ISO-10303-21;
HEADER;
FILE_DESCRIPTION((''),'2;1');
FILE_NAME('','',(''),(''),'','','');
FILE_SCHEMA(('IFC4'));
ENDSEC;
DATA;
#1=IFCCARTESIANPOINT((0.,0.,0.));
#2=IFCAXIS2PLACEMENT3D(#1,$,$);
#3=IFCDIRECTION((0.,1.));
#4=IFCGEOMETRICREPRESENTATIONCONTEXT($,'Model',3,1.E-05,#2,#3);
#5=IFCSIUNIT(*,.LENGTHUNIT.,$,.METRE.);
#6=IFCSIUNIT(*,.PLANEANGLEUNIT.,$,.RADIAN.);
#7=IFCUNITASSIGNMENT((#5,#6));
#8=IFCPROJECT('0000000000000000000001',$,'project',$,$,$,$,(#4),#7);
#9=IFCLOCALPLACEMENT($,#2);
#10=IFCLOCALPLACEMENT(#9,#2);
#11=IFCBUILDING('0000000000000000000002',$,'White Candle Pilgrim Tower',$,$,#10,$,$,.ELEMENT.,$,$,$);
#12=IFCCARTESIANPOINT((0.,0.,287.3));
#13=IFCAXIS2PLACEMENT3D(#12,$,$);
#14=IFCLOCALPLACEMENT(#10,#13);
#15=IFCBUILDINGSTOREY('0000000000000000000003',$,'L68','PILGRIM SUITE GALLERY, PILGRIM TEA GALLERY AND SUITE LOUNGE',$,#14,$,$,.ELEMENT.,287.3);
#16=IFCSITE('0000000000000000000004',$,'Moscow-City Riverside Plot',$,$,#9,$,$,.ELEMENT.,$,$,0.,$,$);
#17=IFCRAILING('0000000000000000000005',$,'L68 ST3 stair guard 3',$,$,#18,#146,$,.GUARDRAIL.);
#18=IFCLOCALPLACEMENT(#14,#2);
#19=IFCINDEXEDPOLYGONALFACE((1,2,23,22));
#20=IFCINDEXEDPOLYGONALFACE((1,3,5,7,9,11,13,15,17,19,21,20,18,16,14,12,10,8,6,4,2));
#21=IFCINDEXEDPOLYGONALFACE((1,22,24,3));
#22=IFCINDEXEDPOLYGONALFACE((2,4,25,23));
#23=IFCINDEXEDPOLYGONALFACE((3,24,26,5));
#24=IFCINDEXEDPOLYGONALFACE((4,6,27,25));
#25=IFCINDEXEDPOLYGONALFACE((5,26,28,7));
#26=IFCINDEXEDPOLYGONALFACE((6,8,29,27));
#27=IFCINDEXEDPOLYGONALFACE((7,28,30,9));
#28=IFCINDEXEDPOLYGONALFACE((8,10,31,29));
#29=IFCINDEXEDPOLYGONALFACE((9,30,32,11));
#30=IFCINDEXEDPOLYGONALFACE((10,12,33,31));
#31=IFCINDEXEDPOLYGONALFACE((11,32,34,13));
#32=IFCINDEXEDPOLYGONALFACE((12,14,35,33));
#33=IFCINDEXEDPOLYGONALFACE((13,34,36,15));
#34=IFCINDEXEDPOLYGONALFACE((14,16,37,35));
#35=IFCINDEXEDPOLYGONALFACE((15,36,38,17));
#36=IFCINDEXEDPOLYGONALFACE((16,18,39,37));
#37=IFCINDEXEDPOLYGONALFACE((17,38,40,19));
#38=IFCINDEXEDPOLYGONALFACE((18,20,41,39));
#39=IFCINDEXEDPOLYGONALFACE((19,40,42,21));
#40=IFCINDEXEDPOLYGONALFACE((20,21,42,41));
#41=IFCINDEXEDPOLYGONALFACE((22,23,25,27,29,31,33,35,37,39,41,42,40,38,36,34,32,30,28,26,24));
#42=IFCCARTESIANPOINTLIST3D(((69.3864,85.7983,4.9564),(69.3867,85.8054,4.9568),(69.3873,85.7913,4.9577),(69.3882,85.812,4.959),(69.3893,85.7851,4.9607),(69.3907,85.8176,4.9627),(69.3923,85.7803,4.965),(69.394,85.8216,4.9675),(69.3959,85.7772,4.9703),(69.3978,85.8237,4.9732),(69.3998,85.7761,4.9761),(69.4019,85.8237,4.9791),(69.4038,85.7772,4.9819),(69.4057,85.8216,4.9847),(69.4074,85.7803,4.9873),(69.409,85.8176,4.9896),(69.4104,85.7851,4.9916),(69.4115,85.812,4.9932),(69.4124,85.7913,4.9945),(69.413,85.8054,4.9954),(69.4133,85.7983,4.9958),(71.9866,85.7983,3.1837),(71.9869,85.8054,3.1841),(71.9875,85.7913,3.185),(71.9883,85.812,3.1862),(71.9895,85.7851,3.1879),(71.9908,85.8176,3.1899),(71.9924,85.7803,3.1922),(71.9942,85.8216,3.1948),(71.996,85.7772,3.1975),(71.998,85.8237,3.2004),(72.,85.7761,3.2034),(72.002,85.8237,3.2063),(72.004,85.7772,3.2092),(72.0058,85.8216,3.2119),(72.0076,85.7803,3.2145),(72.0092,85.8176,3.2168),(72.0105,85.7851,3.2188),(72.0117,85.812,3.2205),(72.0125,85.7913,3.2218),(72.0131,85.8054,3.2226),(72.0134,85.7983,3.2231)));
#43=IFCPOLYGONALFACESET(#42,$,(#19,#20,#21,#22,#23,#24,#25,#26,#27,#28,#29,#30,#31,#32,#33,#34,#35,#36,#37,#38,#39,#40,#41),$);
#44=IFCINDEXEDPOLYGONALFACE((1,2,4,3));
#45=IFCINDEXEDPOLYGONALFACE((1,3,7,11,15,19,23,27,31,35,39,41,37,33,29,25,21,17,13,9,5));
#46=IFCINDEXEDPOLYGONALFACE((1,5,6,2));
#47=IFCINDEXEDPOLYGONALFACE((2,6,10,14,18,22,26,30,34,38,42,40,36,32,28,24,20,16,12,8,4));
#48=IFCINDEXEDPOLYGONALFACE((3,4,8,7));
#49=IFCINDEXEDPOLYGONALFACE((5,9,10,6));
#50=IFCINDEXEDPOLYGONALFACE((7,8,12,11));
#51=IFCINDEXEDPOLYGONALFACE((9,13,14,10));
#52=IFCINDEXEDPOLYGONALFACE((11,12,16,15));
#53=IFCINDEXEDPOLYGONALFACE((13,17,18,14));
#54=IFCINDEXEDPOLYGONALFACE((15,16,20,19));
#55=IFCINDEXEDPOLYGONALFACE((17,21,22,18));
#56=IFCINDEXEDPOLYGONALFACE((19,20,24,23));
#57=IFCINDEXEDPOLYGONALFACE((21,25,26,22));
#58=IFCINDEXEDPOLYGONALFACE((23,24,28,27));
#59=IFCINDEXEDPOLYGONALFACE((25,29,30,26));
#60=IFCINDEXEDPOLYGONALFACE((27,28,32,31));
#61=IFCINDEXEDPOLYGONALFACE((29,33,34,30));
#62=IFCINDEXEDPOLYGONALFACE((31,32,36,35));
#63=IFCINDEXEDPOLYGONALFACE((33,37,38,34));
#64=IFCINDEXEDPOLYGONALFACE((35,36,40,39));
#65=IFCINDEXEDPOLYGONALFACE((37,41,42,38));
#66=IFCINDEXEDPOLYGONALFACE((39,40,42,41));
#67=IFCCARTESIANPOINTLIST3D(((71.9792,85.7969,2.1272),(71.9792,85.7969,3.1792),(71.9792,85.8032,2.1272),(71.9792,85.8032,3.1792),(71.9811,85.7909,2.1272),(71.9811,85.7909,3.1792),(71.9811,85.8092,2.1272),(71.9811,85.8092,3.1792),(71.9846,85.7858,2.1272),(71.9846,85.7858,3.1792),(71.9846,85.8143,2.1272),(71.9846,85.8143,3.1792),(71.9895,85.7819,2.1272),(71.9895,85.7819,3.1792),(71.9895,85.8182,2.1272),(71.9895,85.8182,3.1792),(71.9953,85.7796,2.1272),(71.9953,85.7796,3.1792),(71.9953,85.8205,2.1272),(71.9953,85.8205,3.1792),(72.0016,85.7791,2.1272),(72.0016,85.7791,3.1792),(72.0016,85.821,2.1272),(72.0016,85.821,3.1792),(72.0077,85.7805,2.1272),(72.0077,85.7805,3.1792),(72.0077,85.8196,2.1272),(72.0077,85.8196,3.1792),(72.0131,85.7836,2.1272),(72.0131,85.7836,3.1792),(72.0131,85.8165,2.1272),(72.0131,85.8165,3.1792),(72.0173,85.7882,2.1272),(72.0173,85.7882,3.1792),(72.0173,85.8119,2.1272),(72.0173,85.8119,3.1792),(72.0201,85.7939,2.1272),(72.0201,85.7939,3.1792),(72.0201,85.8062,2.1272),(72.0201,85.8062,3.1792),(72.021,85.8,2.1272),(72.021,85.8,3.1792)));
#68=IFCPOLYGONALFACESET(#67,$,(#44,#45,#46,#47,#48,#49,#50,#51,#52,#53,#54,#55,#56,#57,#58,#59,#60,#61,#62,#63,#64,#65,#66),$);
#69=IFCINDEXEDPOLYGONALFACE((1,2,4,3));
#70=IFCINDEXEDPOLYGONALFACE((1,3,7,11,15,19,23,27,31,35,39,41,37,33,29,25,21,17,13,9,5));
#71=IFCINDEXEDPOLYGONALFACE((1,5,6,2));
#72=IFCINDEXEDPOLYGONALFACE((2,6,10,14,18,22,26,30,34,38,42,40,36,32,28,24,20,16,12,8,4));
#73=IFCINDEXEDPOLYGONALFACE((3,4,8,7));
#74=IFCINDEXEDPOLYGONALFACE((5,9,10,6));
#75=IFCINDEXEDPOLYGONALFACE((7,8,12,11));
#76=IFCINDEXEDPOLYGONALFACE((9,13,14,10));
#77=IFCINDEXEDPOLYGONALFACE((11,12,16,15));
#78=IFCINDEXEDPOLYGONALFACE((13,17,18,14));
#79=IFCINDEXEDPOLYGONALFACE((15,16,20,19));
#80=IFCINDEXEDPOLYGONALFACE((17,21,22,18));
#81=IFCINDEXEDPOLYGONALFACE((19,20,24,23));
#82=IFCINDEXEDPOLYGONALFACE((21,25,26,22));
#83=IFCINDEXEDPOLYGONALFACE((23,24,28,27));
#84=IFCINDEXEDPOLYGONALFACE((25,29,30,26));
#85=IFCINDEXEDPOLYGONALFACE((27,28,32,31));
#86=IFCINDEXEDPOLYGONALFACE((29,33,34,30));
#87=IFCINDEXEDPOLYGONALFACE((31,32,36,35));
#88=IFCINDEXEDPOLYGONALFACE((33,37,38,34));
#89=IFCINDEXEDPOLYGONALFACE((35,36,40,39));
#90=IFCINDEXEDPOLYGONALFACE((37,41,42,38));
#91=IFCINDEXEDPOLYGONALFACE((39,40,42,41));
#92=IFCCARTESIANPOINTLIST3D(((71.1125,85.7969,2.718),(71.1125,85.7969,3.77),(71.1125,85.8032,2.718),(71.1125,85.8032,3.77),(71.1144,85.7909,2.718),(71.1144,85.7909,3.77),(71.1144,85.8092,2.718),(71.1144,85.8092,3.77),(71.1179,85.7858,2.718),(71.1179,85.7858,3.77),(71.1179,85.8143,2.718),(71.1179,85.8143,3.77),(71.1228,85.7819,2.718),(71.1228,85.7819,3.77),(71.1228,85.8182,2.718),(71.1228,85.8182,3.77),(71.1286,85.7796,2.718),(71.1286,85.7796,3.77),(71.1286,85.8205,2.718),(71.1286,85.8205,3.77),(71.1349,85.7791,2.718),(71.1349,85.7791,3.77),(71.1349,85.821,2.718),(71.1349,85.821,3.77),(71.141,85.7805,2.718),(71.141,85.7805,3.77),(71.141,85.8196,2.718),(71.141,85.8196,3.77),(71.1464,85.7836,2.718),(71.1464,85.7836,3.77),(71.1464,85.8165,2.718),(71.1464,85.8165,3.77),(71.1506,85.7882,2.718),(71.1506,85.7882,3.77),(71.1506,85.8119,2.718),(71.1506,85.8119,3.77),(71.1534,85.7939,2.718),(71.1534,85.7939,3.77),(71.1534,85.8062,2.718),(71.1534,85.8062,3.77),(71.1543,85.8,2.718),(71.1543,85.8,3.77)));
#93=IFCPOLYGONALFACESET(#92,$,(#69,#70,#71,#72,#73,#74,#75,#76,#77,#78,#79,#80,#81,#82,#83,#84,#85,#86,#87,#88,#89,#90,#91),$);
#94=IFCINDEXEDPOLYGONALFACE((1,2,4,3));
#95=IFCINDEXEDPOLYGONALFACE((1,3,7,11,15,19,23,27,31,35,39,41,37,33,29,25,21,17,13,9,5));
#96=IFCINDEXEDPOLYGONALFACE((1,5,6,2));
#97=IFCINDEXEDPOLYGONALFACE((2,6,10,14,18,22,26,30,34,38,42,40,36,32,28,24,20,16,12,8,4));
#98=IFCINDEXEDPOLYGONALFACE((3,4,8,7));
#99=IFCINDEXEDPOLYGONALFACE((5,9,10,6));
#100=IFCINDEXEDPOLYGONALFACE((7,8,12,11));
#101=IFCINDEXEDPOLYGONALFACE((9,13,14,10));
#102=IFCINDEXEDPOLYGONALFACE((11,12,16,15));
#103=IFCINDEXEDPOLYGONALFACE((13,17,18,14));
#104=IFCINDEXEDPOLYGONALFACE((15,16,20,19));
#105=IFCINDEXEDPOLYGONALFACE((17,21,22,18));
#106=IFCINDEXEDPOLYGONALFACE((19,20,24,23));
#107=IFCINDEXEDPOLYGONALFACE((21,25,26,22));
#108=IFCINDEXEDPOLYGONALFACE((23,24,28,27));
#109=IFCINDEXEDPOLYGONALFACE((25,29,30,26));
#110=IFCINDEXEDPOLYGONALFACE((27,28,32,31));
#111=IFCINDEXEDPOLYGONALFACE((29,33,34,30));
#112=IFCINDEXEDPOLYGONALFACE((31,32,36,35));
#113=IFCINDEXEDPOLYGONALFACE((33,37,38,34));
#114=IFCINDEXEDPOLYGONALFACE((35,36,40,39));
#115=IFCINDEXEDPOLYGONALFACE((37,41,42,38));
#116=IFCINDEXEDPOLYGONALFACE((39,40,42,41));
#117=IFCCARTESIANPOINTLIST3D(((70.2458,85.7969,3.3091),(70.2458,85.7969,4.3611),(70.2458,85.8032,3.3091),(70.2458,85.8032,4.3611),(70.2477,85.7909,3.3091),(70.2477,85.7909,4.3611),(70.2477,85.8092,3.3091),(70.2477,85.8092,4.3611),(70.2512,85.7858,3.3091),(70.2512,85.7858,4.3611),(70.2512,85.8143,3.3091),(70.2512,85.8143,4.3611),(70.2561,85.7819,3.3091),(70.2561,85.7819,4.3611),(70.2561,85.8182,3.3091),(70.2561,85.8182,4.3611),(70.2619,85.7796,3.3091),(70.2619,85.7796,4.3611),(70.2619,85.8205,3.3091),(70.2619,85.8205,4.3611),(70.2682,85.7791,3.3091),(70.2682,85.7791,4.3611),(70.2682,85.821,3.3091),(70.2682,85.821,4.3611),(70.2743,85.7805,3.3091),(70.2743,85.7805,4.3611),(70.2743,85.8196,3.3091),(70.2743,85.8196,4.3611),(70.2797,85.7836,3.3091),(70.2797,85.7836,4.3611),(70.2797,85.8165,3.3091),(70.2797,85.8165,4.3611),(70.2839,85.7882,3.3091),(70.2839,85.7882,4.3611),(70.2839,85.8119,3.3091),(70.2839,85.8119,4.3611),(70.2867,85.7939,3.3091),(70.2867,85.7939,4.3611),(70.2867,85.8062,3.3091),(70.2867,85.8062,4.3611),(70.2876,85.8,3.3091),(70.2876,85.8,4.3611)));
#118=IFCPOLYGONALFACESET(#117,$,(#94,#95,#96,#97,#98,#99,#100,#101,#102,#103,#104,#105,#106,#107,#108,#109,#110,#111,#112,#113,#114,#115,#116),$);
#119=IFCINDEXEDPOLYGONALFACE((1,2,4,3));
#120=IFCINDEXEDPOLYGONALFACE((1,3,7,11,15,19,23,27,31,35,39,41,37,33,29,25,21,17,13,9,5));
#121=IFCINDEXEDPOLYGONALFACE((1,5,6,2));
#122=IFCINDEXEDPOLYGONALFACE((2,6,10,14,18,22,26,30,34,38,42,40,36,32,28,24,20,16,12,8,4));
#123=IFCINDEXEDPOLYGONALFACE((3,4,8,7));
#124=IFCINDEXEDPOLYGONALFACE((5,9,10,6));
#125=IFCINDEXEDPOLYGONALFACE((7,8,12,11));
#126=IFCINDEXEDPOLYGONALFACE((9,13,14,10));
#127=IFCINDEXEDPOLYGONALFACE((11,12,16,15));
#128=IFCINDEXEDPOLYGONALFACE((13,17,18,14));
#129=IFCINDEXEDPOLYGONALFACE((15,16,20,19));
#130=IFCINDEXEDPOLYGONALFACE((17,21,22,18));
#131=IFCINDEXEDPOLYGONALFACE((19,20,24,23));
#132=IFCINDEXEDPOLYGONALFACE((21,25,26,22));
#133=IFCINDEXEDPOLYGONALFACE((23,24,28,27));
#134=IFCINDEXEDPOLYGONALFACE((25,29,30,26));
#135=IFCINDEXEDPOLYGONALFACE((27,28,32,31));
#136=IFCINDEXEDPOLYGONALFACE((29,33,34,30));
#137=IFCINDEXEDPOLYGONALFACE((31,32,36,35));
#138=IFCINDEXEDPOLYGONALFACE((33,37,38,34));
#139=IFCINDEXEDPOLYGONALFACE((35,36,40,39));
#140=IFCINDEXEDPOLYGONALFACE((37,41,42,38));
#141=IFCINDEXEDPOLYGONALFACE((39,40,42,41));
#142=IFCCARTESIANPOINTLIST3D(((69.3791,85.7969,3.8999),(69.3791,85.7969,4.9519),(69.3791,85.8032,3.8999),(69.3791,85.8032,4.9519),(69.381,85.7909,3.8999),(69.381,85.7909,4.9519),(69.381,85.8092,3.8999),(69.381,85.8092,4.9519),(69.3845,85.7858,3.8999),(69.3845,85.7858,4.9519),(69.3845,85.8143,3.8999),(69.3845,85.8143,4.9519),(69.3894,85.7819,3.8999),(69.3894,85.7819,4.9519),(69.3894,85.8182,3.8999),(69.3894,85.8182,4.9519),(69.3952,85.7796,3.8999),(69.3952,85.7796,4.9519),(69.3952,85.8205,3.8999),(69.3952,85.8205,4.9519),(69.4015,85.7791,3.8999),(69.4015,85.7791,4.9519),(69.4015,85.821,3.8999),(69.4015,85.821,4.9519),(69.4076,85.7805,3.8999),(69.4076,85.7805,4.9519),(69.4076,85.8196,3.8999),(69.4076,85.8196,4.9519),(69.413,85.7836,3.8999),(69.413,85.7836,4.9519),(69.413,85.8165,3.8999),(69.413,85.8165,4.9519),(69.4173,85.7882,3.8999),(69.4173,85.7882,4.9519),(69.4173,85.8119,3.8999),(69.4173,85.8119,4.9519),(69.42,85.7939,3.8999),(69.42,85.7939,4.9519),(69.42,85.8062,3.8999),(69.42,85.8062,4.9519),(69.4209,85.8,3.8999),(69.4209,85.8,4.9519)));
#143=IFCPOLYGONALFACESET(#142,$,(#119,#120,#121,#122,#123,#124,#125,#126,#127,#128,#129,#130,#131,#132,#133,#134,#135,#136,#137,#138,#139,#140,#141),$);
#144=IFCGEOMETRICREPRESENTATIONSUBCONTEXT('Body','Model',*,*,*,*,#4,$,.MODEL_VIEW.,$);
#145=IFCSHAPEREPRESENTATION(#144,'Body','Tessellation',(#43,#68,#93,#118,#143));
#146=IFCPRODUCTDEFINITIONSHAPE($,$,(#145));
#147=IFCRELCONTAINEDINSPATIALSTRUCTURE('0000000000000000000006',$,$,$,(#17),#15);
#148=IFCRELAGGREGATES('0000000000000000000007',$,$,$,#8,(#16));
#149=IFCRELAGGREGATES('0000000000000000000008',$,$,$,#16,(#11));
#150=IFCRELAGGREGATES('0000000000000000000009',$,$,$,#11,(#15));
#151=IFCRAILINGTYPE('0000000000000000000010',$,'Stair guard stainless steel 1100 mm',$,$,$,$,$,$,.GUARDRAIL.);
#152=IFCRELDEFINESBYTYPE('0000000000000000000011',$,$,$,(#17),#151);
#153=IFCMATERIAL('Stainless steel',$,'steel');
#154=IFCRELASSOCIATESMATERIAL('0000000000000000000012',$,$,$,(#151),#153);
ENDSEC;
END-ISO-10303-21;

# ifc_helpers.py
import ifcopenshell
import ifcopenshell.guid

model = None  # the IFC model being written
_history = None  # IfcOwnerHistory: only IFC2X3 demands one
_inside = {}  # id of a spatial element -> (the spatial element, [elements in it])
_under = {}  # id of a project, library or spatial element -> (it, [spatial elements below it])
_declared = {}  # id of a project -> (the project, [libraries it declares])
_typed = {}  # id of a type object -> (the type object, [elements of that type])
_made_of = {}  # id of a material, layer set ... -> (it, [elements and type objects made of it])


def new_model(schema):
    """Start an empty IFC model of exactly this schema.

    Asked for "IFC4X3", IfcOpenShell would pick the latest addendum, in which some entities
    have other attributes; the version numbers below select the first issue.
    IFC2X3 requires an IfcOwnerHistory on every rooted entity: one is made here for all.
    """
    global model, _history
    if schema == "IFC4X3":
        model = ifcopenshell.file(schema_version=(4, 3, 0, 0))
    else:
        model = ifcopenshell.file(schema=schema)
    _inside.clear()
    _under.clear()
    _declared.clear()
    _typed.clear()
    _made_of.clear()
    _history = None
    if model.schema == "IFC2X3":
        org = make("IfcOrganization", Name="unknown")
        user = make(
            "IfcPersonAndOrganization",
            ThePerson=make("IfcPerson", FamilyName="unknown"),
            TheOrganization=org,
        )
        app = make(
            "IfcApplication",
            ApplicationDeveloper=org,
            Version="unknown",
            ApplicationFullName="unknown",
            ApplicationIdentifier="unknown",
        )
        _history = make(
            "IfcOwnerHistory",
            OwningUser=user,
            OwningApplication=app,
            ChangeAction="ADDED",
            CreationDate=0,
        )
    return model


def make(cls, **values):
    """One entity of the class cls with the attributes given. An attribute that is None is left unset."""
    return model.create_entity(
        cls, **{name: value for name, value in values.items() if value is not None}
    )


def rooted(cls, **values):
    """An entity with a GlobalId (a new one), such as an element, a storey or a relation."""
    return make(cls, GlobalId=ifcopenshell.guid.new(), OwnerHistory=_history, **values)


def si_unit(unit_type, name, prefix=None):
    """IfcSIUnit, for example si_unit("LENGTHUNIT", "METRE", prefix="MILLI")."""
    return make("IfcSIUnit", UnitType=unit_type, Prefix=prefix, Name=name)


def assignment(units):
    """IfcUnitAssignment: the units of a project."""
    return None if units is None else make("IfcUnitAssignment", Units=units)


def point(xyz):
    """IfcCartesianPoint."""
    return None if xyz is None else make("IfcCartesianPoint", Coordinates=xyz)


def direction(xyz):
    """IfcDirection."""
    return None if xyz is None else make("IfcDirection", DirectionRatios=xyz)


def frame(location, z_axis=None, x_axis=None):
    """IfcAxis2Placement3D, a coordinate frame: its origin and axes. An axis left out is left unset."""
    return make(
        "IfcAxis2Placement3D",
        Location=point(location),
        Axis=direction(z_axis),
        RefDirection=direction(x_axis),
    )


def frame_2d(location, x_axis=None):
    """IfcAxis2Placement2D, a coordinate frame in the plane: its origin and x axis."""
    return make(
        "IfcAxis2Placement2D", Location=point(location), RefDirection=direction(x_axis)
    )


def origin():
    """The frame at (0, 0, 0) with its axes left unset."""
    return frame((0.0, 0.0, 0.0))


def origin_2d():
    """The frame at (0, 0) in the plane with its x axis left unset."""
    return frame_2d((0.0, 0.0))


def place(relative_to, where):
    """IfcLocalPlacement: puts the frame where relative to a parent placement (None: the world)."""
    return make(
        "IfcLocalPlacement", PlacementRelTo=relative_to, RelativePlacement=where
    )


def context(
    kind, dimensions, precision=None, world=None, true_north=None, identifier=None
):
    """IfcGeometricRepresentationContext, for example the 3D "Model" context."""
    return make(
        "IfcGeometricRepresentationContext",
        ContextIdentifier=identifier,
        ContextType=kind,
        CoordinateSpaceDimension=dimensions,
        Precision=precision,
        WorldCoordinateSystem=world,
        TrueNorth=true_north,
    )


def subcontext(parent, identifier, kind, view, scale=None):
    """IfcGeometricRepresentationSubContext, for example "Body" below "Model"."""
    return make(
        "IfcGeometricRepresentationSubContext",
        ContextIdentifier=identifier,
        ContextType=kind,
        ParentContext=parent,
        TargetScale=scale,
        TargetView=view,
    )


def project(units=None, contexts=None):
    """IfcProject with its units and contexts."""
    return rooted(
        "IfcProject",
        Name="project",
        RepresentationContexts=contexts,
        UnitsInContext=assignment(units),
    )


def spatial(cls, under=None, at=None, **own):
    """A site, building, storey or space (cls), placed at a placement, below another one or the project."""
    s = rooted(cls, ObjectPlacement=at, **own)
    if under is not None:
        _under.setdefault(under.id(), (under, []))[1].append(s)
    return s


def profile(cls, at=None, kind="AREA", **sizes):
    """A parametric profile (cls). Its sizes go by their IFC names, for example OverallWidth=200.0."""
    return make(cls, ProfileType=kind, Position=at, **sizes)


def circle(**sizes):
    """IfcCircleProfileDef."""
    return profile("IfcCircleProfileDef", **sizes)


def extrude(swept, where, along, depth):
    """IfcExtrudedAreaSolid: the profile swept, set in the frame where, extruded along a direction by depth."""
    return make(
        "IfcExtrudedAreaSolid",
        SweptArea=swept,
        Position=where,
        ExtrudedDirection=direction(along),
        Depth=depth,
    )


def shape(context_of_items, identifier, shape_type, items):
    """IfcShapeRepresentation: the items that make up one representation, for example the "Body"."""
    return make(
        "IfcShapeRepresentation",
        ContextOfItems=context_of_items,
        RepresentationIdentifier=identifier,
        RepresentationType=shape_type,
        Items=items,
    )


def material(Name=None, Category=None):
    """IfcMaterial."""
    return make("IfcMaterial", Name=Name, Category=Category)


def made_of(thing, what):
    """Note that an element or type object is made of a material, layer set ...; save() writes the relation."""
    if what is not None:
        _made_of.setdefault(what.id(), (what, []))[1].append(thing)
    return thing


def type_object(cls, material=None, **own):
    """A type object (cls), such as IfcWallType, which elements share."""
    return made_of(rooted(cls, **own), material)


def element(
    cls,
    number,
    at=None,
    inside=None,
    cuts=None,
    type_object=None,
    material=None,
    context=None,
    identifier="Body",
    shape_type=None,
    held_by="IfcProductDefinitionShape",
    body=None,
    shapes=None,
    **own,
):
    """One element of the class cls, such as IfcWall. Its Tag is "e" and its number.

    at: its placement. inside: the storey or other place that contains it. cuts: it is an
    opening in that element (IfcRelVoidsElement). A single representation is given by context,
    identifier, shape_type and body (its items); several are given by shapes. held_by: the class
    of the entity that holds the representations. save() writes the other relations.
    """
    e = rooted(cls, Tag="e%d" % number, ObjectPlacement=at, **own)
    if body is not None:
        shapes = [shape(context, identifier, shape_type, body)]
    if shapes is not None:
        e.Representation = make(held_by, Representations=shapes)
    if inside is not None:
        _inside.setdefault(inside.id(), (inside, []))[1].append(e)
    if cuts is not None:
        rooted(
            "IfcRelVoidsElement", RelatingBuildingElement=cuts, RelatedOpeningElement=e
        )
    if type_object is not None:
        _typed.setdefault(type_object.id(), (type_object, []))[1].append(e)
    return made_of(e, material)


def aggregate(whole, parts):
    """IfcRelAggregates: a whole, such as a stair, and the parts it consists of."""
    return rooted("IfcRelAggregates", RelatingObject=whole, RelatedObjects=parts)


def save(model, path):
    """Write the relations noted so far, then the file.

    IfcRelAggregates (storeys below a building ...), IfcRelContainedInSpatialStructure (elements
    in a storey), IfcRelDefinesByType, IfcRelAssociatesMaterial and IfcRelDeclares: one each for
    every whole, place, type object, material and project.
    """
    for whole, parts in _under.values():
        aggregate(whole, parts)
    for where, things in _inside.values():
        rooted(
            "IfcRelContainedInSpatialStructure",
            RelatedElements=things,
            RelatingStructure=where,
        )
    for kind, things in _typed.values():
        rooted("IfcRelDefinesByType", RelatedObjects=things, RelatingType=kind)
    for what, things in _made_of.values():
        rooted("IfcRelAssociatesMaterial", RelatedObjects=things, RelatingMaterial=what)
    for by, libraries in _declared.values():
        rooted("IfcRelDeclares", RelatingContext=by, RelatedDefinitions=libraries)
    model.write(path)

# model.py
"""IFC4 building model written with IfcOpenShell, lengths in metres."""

from ifc_helpers import new_model, si_unit, direction, frame, origin, origin_2d, place, context, subcontext, project, spatial, circle, extrude, material, type_object, element, save


model = new_model("IFC4")

# Units and contexts
model_context = context("Model", 3, precision=1e-05, world=origin(), true_north=direction((0.0, 1.0)))
body_context = subcontext(model_context, "Body", "Model", "MODEL_VIEW")
ifc_project = project(units=[si_unit("LENGTHUNIT", "METRE"), si_unit("PLANEANGLEUNIT", "RADIAN")], contexts=[model_context])

# Site, building, storey
site_placement = place(None, origin())
site = spatial("IfcSite", under=ifc_project, at=site_placement, Name="Moscow-City Riverside Plot", CompositionType="ELEMENT", RefElevation=0.0)
building_placement = place(site_placement, origin())
building = spatial("IfcBuilding", under=site, at=building_placement, Name="White Candle Pilgrim Tower", CompositionType="ELEMENT")
storey_placement = place(building_placement, frame((0.0, 0.0, 287.3)))
storey = spatial("IfcBuildingStorey", under=building, at=storey_placement, Name="L68", Description="PILGRIM SUITE GALLERY, PILGRIM TEA GALLERY AND SUITE LOUNGE", CompositionType="ELEMENT", Elevation=287.3)

# Railing
ifc_material_1 = material(Name="Stainless steel", Category="steel")
railing_type_1 = type_object("IfcRailingType", Name="Stair guard stainless steel 1100 mm", PredefinedType="GUARDRAIL", material=ifc_material_1)
railing_1_placement = place(storey_placement, frame((72.0, 85.8, 2.1272)))
element("IfcRailing", 1, at=railing_1_placement, inside=storey, type_object=railing_type_1, Name="L68 ST3 stair guard 3", PredefinedType="GUARDRAIL", context=body_context, shape_type="SweptSolid", body=[
    extrude(circle(Radius=0.0239, at=origin_2d()), frame((0.0, 0.0, 1.0762), z_axis=(-0.82624, 0.0, 0.563318), x_axis=(0.0, -1.0, 0.0)), (0.0, 0.0, 1.0), 3.147),
    extrude(circle(Radius=0.021, at=origin_2d()), origin(), (0.0, 0.0, 1.0), 1.052),
    extrude(circle(Radius=0.021, at=origin_2d()), frame((-0.8667, 0.0, 0.5908)), (0.0, 0.0, 1.0), 1.052),
    extrude(circle(Radius=0.021, at=origin_2d()), frame((-1.7334, 0.0, 1.1819)), (0.0, 0.0, 1.0), 1.052),
    extrude(circle(Radius=0.021, at=origin_2d()), frame((-2.6001, 0.0, 1.7727)), (0.0, 0.0, 1.0), 1.052),
])

save(model, "model.ifc")
